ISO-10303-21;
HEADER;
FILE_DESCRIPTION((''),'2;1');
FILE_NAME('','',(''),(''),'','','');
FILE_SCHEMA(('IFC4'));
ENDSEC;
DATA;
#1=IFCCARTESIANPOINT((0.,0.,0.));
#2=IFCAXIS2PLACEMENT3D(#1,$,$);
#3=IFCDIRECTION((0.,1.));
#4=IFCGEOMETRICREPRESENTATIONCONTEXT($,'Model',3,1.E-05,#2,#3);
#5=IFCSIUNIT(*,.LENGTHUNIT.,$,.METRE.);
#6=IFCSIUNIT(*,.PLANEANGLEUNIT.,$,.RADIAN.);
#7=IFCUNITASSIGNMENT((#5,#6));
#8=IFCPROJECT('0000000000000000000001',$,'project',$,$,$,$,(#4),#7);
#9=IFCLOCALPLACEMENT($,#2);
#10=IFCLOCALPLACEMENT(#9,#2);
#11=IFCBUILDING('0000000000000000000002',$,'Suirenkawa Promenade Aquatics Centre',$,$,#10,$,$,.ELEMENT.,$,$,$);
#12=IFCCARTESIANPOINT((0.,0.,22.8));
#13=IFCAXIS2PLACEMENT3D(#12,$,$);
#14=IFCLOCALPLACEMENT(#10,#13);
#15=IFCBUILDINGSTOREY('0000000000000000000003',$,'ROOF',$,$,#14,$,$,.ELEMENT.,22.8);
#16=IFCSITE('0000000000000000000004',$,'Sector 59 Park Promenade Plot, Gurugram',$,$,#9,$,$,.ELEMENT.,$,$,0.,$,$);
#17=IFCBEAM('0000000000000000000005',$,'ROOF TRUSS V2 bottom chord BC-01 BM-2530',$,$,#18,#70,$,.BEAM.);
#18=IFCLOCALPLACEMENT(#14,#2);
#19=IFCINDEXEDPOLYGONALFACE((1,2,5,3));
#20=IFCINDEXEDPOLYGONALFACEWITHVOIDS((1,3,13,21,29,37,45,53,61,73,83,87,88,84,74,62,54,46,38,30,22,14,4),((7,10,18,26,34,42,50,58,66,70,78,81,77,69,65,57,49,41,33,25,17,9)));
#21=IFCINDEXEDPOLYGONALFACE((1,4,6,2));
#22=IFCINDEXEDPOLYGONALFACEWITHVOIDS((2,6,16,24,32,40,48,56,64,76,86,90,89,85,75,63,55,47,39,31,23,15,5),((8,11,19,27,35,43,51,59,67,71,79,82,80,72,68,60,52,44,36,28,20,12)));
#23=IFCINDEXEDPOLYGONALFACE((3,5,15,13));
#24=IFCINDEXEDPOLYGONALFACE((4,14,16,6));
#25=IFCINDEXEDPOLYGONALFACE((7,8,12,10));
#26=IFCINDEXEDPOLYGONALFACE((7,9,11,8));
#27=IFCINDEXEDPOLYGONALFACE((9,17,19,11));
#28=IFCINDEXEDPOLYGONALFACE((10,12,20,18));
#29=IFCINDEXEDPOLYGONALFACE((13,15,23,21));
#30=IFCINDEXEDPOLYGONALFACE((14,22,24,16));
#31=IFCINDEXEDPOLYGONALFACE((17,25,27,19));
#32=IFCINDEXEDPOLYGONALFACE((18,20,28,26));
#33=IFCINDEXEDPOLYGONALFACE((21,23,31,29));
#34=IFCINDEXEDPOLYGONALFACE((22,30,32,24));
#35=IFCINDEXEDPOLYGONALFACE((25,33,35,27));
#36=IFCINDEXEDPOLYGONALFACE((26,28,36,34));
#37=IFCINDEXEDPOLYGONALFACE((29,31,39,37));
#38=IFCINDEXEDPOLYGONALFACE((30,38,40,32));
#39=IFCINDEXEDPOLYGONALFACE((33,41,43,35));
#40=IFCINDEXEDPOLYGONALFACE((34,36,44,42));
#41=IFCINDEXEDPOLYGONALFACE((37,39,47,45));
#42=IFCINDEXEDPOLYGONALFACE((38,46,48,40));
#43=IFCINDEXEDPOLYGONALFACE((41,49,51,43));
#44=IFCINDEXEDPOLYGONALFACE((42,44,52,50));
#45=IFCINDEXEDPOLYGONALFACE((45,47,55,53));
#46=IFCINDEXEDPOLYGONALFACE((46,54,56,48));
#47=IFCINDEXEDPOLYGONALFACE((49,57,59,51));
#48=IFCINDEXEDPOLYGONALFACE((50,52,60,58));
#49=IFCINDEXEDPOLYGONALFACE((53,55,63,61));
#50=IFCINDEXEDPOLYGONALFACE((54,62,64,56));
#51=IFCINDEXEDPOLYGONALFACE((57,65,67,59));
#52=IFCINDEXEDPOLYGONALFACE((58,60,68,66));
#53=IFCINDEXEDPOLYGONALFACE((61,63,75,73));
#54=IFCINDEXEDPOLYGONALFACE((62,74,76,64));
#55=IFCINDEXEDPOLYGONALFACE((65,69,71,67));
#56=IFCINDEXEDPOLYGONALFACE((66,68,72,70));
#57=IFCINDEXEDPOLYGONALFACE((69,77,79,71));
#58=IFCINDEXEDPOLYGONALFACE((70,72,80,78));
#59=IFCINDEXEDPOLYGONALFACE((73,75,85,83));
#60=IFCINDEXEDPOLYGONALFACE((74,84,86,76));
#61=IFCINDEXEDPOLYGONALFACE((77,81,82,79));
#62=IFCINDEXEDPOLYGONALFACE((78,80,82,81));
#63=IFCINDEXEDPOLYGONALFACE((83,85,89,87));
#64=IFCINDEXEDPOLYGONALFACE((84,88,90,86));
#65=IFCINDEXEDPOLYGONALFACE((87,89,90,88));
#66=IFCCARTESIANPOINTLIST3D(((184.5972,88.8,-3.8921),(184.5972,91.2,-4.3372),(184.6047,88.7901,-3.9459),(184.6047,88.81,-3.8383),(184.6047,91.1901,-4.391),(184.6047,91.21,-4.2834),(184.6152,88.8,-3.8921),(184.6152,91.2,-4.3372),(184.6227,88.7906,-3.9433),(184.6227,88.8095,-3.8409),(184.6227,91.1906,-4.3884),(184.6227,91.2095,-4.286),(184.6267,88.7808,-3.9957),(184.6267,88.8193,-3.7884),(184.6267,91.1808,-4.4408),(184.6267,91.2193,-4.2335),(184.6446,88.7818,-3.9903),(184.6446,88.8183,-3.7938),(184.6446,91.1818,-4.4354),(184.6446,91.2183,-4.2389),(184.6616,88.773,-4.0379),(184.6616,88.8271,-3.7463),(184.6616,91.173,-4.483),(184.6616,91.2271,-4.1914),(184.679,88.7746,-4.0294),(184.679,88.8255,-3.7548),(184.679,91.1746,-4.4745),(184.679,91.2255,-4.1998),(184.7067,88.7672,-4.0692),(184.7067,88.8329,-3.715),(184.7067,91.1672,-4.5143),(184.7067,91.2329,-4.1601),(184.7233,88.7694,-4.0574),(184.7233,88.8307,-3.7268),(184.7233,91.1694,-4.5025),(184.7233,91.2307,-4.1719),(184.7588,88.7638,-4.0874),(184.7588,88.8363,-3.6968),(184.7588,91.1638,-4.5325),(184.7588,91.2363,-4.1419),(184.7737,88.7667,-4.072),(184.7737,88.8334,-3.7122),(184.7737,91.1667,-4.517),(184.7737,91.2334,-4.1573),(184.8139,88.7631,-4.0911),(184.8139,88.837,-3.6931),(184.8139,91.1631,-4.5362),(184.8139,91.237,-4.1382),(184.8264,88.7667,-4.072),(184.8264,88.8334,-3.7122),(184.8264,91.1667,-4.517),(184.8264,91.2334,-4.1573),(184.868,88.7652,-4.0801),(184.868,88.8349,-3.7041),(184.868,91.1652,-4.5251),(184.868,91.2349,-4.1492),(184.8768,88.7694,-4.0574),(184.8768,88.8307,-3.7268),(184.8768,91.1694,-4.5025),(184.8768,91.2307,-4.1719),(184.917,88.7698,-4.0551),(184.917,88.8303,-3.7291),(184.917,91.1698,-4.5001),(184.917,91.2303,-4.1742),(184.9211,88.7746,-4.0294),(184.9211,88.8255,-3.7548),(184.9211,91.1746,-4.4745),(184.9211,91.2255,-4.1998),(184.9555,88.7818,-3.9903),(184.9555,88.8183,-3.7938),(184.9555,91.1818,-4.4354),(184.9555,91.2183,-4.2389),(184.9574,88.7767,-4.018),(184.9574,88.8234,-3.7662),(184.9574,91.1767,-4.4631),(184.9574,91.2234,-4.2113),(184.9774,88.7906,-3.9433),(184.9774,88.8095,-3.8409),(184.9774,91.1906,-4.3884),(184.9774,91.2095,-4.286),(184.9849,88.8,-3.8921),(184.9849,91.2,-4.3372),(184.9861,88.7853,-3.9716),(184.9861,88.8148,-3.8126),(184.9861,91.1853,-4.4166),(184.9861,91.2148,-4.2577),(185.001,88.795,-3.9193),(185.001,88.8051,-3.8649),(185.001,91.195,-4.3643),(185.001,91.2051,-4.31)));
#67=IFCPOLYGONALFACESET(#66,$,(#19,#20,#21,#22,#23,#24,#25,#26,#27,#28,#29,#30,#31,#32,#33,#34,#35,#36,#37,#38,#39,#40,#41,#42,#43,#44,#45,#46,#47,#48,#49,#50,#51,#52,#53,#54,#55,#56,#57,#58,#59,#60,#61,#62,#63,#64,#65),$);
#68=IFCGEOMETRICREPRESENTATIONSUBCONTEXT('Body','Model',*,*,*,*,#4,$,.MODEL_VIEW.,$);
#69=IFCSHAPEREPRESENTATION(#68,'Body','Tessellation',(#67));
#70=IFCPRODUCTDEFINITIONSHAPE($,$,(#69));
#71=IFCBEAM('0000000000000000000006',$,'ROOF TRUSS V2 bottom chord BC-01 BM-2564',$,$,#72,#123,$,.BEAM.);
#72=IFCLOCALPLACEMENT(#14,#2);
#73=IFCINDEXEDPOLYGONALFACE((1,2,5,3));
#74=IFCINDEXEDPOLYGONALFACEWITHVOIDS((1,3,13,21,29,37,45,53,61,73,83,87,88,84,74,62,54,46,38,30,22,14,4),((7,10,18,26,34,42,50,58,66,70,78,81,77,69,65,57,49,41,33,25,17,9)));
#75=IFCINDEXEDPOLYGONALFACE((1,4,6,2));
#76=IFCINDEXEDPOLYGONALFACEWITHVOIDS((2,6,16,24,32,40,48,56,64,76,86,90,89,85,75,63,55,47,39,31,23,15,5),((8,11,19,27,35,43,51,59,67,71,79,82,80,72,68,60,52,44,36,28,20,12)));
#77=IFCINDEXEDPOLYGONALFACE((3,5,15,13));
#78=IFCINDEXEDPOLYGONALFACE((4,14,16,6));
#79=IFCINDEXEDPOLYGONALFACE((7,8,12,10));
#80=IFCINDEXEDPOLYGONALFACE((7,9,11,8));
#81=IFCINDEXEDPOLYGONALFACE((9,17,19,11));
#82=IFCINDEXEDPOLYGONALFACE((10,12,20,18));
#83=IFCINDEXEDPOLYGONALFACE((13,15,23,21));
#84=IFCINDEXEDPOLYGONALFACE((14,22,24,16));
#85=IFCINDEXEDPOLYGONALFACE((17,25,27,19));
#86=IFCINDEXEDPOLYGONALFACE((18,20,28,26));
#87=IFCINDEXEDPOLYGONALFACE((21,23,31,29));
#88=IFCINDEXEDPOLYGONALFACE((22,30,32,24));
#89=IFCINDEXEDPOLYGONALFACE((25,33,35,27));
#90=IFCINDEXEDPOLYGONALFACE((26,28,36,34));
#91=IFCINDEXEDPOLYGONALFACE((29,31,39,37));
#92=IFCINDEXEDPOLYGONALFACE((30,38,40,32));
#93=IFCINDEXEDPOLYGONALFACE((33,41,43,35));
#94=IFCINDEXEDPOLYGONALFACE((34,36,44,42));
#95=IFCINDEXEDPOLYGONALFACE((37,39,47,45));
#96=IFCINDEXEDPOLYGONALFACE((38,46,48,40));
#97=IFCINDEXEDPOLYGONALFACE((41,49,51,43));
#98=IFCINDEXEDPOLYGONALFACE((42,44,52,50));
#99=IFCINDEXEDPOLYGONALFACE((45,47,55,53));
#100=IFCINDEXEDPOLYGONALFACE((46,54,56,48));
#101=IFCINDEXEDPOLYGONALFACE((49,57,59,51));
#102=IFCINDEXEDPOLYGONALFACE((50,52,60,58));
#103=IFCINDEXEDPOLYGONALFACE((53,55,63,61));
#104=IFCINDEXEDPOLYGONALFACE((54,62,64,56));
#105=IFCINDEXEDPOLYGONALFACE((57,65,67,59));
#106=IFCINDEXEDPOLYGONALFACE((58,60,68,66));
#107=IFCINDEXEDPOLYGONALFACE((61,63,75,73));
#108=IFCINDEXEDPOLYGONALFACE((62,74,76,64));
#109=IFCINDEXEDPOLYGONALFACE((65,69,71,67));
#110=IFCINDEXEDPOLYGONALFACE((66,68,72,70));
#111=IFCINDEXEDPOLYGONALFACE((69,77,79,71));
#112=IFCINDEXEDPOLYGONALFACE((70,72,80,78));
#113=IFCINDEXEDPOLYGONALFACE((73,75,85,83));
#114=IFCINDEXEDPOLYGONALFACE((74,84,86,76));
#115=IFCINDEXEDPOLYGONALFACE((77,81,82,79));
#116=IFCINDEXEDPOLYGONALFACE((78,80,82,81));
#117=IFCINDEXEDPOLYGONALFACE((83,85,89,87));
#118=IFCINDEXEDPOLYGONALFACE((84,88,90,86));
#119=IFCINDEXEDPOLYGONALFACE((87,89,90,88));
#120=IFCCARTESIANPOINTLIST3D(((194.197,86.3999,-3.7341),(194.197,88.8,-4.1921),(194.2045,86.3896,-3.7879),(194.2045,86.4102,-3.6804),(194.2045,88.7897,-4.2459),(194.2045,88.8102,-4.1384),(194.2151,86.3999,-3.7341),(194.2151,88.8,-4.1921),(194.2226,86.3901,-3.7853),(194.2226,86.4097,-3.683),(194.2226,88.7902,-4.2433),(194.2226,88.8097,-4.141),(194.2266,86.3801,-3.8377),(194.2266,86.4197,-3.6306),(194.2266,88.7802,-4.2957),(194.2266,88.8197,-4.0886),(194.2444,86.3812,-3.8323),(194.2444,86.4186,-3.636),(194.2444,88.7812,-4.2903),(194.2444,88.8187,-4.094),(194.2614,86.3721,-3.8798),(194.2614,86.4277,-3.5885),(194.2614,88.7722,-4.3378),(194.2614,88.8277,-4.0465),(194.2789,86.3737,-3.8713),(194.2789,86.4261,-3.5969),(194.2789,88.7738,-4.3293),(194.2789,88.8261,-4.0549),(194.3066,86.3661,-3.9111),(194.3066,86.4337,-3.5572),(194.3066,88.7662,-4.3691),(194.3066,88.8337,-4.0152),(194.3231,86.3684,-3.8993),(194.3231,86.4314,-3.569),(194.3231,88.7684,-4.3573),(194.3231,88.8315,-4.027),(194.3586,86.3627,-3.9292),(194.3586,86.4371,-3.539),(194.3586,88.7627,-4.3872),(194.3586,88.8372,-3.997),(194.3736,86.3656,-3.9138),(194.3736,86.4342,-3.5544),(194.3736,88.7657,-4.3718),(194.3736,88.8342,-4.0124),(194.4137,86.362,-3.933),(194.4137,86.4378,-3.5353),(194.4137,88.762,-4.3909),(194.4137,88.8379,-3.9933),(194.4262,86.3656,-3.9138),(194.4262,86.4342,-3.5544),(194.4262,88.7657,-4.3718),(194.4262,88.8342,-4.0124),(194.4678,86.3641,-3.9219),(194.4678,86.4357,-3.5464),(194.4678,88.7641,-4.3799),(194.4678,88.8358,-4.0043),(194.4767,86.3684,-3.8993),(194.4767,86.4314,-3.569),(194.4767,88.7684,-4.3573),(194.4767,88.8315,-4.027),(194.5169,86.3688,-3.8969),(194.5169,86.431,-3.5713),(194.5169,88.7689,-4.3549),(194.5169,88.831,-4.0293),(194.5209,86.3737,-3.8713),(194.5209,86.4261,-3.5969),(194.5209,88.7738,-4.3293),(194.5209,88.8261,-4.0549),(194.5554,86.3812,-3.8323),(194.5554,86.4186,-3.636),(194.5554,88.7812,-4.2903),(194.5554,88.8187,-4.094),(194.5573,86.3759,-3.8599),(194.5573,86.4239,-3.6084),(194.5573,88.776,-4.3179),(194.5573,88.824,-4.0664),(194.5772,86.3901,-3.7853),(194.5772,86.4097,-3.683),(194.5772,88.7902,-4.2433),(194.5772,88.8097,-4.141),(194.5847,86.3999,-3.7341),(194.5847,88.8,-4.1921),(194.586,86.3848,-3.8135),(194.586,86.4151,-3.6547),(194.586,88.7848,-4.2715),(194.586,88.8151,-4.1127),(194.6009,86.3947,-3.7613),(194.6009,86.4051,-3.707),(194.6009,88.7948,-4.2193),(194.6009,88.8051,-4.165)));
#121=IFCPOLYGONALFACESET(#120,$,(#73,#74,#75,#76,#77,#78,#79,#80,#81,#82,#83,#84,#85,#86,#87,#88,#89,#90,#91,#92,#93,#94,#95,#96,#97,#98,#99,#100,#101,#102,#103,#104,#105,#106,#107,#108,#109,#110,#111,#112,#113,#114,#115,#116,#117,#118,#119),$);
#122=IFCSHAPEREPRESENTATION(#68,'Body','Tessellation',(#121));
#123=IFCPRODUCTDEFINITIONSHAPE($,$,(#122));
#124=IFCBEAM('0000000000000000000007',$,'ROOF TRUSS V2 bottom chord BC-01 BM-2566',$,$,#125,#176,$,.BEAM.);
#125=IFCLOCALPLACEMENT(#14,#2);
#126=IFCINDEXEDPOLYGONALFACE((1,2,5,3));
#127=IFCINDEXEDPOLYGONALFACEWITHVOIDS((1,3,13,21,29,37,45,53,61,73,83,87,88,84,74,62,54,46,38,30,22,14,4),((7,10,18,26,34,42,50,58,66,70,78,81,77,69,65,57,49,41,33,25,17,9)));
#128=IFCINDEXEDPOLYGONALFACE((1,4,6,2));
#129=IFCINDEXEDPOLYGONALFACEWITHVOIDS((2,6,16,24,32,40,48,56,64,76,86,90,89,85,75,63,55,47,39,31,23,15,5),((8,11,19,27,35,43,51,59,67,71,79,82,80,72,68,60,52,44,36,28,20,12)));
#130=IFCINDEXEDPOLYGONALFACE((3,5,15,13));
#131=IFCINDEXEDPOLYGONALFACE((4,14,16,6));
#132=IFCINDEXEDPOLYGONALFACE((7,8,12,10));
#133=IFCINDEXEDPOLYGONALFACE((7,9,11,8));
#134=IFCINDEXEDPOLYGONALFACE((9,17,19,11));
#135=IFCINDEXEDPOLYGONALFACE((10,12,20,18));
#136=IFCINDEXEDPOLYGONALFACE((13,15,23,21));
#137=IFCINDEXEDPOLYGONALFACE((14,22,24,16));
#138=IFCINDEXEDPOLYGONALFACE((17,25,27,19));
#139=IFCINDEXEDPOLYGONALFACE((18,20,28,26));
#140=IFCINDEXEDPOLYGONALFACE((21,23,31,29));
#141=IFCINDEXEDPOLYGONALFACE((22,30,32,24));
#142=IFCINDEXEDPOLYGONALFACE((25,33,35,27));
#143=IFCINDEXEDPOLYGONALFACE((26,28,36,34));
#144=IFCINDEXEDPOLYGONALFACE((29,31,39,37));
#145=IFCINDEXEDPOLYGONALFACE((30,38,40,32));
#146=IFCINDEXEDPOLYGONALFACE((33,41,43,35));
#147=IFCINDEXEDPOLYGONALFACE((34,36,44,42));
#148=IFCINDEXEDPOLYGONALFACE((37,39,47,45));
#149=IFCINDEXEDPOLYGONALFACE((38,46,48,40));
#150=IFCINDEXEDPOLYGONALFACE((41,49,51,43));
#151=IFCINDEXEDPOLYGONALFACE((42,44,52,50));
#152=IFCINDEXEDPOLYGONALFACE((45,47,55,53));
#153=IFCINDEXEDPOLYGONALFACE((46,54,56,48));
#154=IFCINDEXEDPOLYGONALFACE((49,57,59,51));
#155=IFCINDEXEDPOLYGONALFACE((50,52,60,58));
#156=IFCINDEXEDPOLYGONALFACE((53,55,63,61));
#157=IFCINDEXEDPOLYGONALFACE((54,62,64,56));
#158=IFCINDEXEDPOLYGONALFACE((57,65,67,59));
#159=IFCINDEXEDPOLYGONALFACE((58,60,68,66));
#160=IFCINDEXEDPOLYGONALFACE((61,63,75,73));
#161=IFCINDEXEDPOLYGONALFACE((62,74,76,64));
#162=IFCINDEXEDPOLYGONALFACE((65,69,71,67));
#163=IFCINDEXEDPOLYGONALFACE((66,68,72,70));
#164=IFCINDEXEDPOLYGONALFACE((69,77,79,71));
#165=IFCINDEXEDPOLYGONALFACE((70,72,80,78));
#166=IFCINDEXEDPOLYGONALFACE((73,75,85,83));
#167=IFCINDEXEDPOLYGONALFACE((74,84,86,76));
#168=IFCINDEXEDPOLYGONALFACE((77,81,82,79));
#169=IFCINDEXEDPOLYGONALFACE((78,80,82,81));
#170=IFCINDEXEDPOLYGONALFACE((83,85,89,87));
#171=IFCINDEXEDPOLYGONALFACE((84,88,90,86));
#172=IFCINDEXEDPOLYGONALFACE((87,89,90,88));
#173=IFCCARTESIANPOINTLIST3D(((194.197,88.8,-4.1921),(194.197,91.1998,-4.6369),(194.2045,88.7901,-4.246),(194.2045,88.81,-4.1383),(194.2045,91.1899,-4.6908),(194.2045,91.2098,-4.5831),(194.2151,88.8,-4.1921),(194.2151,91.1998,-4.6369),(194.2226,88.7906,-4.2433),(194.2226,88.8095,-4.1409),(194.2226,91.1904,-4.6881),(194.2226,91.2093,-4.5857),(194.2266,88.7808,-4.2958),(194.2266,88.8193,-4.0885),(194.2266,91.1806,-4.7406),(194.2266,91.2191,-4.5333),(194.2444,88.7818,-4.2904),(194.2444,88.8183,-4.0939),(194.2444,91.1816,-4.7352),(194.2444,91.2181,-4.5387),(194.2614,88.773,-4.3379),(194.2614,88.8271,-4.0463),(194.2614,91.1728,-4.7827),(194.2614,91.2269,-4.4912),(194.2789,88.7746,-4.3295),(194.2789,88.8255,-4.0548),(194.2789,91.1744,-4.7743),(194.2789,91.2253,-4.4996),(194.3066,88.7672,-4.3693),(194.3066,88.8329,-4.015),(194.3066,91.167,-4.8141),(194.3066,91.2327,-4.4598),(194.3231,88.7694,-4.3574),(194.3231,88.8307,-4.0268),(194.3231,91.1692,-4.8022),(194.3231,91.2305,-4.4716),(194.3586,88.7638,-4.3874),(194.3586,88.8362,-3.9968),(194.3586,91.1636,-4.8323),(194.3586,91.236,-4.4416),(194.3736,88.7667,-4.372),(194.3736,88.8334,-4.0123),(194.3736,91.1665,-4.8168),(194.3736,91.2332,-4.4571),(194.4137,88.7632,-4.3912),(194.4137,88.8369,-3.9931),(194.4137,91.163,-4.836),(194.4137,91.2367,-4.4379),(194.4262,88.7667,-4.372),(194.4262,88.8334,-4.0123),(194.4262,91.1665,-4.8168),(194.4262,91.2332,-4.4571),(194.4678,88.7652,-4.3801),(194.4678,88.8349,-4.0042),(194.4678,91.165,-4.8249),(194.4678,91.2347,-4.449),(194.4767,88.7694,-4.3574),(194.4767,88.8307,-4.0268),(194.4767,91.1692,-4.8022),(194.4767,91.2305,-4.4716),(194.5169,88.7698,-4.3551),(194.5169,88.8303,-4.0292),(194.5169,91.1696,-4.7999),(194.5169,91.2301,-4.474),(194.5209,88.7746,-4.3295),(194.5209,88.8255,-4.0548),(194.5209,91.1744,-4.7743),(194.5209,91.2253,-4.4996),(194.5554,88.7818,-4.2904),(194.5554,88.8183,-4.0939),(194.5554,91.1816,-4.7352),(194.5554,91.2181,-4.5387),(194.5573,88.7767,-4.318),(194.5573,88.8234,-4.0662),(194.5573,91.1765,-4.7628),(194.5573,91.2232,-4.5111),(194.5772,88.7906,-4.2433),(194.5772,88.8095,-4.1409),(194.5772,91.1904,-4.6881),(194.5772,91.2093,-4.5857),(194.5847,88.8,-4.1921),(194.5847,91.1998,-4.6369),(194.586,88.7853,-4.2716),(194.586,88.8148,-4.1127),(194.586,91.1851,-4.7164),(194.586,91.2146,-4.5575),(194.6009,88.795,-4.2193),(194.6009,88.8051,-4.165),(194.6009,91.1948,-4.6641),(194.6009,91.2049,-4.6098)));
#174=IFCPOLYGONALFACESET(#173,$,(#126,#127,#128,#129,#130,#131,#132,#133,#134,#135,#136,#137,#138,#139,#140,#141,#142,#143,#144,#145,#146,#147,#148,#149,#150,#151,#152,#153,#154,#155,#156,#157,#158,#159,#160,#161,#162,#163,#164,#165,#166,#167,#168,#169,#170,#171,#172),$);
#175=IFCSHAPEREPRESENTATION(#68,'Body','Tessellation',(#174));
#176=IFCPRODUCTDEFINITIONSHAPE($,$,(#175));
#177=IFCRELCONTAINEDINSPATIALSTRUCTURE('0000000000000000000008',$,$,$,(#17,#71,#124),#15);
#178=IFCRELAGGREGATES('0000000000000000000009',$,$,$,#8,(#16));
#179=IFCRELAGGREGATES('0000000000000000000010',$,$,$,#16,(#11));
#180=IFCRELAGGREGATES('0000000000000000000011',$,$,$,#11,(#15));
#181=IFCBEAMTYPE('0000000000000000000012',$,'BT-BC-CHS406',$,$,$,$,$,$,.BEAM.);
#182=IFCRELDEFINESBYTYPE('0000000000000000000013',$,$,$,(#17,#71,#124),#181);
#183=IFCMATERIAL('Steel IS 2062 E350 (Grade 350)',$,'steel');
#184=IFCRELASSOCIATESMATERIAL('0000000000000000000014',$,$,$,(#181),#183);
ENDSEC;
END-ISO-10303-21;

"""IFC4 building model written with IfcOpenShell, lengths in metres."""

from ifc_helpers import new_model, si_unit, direction, frame, origin, origin_2d, place, context, subcontext, project, spatial, hollow_circle, extrude, material, material_profile, profile_set, type_object, element, save


model = new_model("IFC4")

# Units and contexts
model_context = context("Model", 3, precision=1e-05, world=origin(), true_north=direction((0.0, 1.0)))
body_context = subcontext(model_context, "Body", "Model", "MODEL_VIEW")
ifc_project = project(units=[si_unit("LENGTHUNIT", "METRE"), si_unit("PLANEANGLEUNIT", "RADIAN")], contexts=[model_context])

# Site, building, storey
site_placement = place(None, origin())
site = spatial("IfcSite", under=ifc_project, at=site_placement, Name="Sector 59 Park Promenade Plot, Gurugram", CompositionType="ELEMENT", RefElevation=0.0)
building_placement = place(site_placement, origin())
building = spatial("IfcBuilding", under=site, at=building_placement, Name="Suirenkawa Promenade Aquatics Centre", CompositionType="ELEMENT")
storey_placement = place(building_placement, frame((0.0, 0.0, 22.8)))
storey = spatial("IfcBuildingStorey", under=building, at=storey_placement, Name="ROOF", CompositionType="ELEMENT", Elevation=22.8)

# Beams
ifc_material_1 = material(Name="Steel IS 2062 E350 (Grade 350)", Category="steel")
ifc_material_profile_1 = material_profile(ifc_material_1, hollow_circle(Radius=0.2029, WallThickness=0.0181, at=origin_2d()), Name="CHS 406x18", Category="steel")
ifc_profile_set_1 = profile_set([ifc_material_profile_1], Name="Steel IS 2062 E350 (Grade 350)")
beam_type_1 = type_object("IfcBeamType", Name="BT-BC-CHS406", PredefinedType="BEAM", material=ifc_profile_set_1)
beam_1_placement = place(storey_placement, frame((184.8, 88.8, -3.8921), z_axis=(0.0, 0.983235, -0.182344), x_axis=(-1.0, 0.0, 0.0)))
element("IfcBeam", 1, at=beam_1_placement, inside=storey, type_object=beam_type_1, Name="ROOF TRUSS V2 bottom chord BC-01 BM-2530", PredefinedType="BEAM", context=body_context, shape_type="SweptSolid", body=[
    extrude(hollow_circle(Radius=0.2029, WallThickness=0.0181, at=origin_2d()), origin(), (0.0, 0.0, 1.0), 2.4409),
])
beam_2_placement = place(storey_placement, frame((194.3999, 86.3999, -3.7341), z_axis=(0.0, 0.982276, -0.187443), x_axis=(-1.0, 0.0, 0.0)))
element("IfcBeam", 2, at=beam_2_placement, inside=storey, type_object=beam_type_1, Name="ROOF TRUSS V2 bottom chord BC-01 BM-2564", PredefinedType="BEAM", context=body_context, shape_type="SweptSolid", body=[
    extrude(hollow_circle(Radius=0.2029, WallThickness=0.0181, at=origin_2d()), origin(), (0.0, 0.0, 1.0), 2.4434),
])
beam_3_placement = place(storey_placement, frame((194.3999, 88.8, -4.1921), z_axis=(0.0, 0.983253, -0.182247), x_axis=(-1.0, 0.0, 0.0)))
element("IfcBeam", 3, at=beam_3_placement, inside=storey, type_object=beam_type_1, Name="ROOF TRUSS V2 bottom chord BC-01 BM-2566", PredefinedType="BEAM", context=body_context, shape_type="SweptSolid", body=[
    extrude(hollow_circle(Radius=0.2029, WallThickness=0.0181, at=origin_2d()), origin(), (0.0, 0.0, 1.0), 2.4407),
])

save(model, "model.ifc")
